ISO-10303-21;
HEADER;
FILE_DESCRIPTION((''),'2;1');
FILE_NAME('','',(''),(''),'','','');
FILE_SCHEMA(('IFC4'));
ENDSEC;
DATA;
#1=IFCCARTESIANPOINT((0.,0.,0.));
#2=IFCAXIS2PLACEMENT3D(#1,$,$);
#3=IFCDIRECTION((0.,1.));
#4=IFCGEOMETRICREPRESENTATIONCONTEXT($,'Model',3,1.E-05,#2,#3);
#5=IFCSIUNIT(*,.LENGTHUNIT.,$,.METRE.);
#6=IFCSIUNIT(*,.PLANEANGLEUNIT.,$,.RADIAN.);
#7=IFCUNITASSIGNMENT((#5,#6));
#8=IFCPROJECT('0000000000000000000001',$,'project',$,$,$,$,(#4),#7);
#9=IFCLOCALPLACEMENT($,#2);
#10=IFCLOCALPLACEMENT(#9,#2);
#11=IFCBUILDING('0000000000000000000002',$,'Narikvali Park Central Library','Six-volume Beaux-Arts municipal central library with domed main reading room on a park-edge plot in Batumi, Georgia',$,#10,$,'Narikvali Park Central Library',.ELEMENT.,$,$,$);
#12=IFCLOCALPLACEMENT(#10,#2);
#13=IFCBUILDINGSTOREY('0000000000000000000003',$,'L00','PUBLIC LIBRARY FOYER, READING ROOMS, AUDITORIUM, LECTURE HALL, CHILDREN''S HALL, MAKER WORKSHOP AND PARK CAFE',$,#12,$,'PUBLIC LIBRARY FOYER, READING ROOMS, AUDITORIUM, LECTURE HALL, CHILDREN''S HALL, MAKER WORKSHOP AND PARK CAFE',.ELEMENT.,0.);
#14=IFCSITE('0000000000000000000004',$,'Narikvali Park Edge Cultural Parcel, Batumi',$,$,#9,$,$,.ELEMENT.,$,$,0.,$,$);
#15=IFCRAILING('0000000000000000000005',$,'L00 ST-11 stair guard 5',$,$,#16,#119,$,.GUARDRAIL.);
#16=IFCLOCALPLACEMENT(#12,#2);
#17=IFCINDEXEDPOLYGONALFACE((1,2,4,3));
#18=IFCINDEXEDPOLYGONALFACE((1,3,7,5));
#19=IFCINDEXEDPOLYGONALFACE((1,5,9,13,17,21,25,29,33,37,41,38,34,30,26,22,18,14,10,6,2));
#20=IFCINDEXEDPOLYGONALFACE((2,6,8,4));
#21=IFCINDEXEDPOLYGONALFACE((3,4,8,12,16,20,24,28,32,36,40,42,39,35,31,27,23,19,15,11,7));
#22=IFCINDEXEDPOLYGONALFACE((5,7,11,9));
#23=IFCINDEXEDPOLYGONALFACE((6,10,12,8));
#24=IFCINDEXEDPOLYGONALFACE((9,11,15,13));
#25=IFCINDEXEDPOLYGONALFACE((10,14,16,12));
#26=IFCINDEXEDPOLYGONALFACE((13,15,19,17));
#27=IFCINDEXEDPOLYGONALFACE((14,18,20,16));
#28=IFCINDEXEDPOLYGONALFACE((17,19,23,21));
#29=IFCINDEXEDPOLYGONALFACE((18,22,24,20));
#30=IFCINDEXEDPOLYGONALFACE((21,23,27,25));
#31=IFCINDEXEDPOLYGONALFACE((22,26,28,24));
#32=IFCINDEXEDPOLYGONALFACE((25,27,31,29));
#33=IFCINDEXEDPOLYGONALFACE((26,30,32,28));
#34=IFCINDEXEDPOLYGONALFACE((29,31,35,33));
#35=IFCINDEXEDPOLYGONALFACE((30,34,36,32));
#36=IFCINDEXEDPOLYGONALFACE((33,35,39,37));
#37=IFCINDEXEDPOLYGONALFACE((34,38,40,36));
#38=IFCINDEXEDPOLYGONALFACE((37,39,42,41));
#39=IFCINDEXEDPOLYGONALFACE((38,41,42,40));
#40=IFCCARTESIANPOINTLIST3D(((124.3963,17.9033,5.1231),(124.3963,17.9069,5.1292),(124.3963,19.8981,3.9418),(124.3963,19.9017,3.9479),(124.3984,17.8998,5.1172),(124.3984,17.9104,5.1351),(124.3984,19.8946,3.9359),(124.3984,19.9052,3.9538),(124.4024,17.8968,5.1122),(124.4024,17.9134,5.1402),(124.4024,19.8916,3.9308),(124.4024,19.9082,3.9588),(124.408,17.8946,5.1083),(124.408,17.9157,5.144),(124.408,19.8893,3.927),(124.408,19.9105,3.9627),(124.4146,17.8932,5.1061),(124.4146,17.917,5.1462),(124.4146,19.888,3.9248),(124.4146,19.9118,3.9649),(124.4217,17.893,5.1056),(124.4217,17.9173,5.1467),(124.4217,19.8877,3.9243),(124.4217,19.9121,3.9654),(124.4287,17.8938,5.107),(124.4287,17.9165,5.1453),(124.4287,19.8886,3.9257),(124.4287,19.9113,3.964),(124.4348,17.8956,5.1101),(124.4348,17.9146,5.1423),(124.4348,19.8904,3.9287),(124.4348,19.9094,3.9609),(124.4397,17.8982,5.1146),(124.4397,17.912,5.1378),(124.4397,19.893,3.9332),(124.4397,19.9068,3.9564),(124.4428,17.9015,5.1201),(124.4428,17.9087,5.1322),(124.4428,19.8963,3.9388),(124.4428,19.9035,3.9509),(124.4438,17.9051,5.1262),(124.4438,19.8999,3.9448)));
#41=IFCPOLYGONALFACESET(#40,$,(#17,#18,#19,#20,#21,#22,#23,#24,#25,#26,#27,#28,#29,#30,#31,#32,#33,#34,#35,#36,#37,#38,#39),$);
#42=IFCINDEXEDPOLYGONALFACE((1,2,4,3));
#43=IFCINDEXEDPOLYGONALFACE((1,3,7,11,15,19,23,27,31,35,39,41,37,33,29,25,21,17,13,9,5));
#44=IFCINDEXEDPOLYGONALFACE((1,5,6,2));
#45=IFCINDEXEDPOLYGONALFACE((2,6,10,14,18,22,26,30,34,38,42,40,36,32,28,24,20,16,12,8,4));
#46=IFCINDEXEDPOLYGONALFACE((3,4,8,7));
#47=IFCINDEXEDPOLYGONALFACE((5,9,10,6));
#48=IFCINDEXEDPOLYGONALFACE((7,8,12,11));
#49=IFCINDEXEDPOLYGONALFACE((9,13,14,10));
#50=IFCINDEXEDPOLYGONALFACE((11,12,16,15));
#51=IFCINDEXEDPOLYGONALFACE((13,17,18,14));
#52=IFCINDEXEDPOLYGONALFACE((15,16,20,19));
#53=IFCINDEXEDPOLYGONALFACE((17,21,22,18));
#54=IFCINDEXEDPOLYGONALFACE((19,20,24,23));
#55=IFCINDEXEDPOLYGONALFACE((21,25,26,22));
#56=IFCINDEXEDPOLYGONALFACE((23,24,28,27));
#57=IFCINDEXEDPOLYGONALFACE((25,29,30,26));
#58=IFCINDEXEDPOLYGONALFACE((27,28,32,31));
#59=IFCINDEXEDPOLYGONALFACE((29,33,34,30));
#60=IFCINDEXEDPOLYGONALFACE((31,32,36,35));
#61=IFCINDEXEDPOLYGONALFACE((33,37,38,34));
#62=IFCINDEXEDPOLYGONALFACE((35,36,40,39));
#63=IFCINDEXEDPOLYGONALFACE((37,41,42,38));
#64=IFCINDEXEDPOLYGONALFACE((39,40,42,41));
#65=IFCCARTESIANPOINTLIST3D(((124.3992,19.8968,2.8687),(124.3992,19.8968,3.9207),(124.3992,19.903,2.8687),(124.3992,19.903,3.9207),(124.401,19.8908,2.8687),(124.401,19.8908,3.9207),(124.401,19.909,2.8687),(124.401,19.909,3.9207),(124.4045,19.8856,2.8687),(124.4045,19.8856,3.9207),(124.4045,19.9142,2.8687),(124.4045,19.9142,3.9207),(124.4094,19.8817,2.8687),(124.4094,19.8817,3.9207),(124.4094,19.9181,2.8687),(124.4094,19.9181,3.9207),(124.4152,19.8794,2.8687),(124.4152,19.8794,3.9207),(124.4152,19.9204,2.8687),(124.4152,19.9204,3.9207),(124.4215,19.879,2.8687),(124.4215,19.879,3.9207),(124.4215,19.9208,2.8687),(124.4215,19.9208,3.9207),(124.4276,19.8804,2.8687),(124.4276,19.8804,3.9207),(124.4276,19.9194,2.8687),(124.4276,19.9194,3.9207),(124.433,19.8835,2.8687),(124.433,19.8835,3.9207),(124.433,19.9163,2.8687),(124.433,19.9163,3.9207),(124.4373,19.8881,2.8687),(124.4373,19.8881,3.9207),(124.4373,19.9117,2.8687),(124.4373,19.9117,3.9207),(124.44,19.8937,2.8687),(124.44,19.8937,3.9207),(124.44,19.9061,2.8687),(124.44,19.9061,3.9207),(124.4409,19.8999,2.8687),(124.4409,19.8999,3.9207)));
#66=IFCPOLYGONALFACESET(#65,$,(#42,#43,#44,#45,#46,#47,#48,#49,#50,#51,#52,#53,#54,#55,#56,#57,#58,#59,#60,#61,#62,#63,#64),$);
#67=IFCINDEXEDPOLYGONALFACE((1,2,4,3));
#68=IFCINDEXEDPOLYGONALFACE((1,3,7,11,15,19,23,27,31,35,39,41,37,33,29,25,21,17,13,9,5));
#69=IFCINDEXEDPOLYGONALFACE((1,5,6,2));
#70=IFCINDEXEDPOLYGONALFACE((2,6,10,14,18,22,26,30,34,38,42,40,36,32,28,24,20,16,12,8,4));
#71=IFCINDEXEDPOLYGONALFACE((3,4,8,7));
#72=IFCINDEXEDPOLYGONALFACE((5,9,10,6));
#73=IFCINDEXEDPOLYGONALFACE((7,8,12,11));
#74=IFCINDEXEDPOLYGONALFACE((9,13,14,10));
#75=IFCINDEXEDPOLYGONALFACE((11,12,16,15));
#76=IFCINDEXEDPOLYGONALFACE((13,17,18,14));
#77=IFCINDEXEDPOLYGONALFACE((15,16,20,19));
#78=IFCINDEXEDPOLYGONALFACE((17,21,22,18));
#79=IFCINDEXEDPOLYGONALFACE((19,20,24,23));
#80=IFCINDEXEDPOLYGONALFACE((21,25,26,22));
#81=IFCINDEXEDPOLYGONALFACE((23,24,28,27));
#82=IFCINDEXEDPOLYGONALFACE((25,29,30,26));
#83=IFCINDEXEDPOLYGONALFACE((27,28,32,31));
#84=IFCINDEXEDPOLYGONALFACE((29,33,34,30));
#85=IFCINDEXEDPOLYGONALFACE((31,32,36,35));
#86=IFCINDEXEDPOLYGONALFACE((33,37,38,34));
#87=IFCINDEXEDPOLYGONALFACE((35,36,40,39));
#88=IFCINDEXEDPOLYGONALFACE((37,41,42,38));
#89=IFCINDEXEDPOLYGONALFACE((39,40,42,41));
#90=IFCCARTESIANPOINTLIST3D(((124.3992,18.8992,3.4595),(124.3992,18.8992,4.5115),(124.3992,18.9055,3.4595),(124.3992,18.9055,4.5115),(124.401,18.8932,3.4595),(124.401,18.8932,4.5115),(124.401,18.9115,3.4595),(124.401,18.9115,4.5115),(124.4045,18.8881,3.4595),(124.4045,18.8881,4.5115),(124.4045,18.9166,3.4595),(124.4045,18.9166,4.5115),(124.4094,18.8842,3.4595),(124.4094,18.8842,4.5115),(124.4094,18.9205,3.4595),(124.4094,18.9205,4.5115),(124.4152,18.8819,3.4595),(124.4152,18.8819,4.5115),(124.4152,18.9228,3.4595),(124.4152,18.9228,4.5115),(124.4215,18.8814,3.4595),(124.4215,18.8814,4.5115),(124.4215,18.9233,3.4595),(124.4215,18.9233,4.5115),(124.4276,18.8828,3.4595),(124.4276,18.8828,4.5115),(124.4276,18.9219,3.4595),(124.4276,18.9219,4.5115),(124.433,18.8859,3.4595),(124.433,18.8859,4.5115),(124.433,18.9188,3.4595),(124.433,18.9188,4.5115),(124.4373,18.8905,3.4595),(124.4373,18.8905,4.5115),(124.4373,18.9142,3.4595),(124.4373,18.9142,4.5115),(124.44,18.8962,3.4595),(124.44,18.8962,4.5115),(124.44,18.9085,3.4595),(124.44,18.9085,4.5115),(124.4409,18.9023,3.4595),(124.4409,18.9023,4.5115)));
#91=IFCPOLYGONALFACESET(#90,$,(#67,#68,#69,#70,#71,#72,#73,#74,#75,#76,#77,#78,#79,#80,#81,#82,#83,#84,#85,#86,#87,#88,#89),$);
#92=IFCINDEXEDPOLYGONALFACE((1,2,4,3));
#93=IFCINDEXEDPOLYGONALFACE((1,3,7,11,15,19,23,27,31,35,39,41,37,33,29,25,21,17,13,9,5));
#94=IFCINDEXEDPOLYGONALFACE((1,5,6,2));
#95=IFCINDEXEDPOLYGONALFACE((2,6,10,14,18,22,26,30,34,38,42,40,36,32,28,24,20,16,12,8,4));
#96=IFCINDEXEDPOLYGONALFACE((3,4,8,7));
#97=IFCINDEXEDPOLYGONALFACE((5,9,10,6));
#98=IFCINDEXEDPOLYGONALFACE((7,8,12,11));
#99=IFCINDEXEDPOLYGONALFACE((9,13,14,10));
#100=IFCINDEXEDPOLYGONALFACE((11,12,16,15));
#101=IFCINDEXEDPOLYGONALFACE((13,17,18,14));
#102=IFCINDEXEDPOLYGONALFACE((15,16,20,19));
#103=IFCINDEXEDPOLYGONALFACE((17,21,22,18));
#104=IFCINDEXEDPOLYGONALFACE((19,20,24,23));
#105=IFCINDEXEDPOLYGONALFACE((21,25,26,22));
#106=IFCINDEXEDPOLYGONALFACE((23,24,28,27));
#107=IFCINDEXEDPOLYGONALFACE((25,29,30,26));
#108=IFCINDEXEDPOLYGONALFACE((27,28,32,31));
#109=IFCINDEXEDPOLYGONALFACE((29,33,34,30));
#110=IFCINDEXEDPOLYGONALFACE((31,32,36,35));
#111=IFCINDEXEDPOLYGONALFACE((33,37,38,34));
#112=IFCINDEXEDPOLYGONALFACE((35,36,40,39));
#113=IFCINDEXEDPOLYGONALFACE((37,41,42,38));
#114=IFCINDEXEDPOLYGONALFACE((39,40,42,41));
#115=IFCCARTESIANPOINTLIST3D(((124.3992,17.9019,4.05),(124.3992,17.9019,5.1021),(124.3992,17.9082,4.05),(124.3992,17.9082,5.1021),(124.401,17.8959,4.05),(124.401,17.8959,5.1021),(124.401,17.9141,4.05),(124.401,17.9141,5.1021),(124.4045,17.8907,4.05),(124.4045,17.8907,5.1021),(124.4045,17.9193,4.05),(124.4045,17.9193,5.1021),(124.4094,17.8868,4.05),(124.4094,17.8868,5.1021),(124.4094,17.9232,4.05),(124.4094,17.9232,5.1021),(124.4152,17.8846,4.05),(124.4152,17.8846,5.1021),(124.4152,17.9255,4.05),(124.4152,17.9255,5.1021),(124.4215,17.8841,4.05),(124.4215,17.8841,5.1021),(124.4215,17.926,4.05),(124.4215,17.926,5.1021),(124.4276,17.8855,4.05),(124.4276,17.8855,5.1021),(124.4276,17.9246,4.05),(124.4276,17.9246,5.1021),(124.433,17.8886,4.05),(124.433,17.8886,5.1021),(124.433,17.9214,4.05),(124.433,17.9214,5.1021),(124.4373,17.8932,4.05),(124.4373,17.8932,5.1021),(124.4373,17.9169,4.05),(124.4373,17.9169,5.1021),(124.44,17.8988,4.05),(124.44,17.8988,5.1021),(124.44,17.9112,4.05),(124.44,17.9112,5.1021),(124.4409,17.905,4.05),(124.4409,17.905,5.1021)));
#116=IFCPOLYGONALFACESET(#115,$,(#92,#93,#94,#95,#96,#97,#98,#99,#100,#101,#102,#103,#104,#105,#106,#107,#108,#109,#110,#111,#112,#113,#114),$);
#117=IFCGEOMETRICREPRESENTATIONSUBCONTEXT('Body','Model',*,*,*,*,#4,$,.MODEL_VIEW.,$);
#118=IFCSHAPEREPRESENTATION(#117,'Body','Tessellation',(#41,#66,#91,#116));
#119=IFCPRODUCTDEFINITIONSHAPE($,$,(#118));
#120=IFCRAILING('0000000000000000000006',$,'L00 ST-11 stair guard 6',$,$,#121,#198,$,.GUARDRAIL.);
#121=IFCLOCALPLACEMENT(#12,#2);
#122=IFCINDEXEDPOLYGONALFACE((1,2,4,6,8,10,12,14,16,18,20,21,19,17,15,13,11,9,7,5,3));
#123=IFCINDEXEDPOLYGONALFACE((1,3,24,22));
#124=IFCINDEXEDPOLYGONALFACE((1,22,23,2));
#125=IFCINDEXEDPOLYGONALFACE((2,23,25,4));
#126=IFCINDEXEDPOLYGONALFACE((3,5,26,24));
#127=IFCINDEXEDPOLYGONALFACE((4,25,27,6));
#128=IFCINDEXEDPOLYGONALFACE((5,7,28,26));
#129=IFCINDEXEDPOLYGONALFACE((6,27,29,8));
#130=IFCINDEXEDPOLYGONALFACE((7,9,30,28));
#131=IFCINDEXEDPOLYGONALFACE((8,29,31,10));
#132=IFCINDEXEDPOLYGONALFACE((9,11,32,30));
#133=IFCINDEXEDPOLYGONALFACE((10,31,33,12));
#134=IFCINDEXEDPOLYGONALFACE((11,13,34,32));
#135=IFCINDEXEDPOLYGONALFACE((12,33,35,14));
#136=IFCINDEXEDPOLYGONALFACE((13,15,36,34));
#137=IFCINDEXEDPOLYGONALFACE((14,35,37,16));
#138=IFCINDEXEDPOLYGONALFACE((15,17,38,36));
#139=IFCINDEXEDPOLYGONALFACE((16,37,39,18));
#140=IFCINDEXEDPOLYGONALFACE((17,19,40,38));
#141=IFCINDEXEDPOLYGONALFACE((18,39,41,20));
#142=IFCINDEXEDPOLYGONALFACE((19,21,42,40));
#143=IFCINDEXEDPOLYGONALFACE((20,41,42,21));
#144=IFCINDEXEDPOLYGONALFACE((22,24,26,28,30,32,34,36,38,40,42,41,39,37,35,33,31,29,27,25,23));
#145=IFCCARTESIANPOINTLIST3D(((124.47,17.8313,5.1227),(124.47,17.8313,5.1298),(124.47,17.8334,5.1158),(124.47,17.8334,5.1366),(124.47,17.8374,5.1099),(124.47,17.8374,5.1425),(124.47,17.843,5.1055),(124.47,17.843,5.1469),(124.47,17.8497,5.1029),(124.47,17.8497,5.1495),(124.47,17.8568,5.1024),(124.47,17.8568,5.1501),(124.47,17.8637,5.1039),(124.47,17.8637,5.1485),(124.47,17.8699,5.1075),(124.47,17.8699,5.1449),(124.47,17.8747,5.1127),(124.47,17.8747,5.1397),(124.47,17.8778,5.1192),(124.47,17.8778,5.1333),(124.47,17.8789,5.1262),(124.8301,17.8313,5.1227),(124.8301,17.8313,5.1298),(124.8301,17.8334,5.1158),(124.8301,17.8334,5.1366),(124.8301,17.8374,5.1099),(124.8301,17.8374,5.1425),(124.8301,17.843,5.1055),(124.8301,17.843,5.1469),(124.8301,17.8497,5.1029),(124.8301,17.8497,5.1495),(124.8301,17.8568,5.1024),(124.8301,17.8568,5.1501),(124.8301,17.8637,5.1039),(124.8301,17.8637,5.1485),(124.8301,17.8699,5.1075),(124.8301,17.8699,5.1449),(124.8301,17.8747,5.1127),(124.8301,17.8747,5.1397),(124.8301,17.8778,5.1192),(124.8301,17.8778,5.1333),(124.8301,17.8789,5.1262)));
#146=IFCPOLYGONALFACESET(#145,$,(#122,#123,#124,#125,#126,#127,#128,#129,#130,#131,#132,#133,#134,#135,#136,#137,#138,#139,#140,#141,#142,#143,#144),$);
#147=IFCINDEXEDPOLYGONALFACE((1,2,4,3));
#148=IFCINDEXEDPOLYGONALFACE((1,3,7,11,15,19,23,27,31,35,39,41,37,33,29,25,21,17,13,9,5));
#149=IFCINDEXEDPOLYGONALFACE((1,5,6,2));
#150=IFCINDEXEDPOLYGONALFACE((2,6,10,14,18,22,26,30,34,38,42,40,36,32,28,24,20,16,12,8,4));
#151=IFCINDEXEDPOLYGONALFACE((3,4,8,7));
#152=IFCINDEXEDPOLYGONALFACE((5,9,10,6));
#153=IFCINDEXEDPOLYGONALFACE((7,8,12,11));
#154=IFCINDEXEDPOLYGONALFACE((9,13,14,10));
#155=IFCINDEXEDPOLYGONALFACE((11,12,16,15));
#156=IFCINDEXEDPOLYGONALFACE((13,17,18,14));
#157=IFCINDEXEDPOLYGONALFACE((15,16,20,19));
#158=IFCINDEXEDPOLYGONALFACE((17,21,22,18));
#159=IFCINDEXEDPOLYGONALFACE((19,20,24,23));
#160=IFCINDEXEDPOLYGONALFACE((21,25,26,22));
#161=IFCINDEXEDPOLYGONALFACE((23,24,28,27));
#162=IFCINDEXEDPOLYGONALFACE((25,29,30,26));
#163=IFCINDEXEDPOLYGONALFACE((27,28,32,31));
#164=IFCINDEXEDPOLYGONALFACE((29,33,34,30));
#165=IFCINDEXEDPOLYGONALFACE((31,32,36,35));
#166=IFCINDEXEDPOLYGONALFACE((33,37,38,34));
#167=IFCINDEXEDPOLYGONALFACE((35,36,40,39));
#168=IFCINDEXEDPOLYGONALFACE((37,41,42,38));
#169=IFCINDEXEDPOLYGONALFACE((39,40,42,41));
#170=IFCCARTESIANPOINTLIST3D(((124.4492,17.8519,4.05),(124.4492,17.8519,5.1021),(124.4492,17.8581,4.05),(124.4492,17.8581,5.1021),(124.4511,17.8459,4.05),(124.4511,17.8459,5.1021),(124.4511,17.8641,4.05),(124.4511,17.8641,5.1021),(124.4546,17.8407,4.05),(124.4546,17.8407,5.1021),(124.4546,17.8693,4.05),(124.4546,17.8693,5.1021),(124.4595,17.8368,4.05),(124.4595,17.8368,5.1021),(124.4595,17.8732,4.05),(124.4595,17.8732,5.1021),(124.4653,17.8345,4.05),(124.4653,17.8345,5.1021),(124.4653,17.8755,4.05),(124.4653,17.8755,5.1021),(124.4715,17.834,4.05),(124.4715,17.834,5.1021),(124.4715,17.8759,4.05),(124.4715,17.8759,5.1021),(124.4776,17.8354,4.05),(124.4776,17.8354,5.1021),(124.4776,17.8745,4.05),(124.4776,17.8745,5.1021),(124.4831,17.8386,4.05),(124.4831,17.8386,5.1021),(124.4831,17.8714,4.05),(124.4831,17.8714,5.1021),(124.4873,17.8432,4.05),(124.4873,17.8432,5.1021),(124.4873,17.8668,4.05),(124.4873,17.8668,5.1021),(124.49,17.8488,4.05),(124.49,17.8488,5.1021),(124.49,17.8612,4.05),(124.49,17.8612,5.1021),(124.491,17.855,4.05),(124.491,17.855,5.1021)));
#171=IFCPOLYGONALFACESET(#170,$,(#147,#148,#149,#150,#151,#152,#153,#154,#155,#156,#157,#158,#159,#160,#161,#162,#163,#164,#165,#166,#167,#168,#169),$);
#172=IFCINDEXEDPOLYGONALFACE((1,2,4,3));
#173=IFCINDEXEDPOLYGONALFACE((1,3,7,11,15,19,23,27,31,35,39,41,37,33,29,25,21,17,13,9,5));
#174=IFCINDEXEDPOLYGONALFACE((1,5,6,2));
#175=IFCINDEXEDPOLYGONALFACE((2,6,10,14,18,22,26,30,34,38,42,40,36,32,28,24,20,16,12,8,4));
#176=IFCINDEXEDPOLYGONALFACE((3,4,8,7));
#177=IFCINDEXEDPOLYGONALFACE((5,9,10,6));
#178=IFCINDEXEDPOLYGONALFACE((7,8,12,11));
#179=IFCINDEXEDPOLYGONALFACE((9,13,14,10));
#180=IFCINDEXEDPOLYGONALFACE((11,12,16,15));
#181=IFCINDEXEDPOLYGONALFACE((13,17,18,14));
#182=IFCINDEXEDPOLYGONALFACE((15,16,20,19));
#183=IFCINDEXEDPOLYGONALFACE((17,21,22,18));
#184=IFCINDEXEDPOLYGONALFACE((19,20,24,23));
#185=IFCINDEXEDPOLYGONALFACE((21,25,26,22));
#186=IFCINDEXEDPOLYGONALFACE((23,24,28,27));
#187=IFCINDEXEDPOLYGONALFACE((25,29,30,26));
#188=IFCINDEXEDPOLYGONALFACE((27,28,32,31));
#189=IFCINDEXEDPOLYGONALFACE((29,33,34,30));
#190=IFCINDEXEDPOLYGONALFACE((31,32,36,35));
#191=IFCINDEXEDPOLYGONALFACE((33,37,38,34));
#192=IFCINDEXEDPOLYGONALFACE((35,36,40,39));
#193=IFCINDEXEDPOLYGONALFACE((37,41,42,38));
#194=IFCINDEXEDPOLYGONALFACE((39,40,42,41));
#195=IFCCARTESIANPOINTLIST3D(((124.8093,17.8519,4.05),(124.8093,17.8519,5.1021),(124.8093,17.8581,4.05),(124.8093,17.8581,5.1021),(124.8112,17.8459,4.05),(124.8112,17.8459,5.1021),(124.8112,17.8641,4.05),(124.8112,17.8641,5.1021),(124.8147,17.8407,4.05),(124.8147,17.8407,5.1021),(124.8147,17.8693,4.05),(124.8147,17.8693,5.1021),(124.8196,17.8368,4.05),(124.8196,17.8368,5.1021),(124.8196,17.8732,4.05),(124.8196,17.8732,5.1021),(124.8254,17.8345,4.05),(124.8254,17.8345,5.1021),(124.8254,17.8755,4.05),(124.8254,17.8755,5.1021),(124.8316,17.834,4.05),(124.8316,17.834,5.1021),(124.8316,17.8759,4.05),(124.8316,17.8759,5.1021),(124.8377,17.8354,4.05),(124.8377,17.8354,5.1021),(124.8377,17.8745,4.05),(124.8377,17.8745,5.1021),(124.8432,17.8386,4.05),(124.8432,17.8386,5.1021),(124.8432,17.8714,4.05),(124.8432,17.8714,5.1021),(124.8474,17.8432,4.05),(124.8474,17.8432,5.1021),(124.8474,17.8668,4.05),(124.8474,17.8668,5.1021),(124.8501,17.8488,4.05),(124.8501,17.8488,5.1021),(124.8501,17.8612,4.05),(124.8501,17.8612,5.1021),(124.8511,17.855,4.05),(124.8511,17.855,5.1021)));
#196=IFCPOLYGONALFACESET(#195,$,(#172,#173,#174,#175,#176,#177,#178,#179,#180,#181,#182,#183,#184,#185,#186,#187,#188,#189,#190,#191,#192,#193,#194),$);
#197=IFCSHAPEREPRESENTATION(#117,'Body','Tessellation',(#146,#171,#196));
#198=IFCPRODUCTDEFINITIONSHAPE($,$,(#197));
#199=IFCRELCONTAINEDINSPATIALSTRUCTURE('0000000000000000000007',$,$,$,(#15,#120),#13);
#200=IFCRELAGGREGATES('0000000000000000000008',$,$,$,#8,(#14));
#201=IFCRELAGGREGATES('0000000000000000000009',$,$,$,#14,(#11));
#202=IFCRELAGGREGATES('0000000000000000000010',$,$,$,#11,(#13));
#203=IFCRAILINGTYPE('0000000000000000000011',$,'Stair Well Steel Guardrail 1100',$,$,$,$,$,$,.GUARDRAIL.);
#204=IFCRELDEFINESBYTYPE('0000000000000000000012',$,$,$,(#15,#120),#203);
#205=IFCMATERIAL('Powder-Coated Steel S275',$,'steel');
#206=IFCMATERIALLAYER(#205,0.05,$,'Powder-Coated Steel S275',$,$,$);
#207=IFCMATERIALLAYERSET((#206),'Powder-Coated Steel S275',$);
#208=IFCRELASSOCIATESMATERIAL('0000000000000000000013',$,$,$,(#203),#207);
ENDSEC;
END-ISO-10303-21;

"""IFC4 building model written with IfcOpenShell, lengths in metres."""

from ifc_helpers import new_model, si_unit, direction, frame, origin, origin_2d, place, context, subcontext, project, spatial, circle, extrude, material, layer, layer_set, type_object, element, save


model = new_model("IFC4")

# Units and contexts
model_context = context("Model", 3, precision=1e-05, world=origin(), true_north=direction((0.0, 1.0)))
body_context = subcontext(model_context, "Body", "Model", "MODEL_VIEW")
ifc_project = project(units=[si_unit("LENGTHUNIT", "METRE"), si_unit("PLANEANGLEUNIT", "RADIAN")], contexts=[model_context])

# Site, building, storey
site_placement = place(None, origin())
site = spatial("IfcSite", under=ifc_project, at=site_placement, Name="Narikvali Park Edge Cultural Parcel, Batumi", CompositionType="ELEMENT", RefElevation=0.0)
building_placement = place(site_placement, origin())
building = spatial("IfcBuilding", under=site, at=building_placement, Name="Narikvali Park Central Library", Description="Six-volume Beaux-Arts municipal central library with domed main reading room on a park-edge plot in Batumi, Georgia", LongName="Narikvali Park Central Library", CompositionType="ELEMENT")
storey_placement = place(building_placement, origin())
storey = spatial("IfcBuildingStorey", under=building, at=storey_placement, Name="L00", Description="PUBLIC LIBRARY FOYER, READING ROOMS, AUDITORIUM, LECTURE HALL, CHILDREN'S HALL, MAKER WORKSHOP AND PARK CAFE", LongName="PUBLIC LIBRARY FOYER, READING ROOMS, AUDITORIUM, LECTURE HALL, CHILDREN'S HALL, MAKER WORKSHOP AND PARK CAFE", CompositionType="ELEMENT", Elevation=0.0)

# Railings
ifc_material_1 = material(Name="Powder-Coated Steel S275", Category="steel")
ifc_layer_1 = layer(ifc_material_1, 0.05, Name="Powder-Coated Steel S275")
ifc_layer_set_1 = layer_set([ifc_layer_1], Name="Powder-Coated Steel S275")
railing_type_1 = type_object("IfcRailingType", Name="Stair Well Steel Guardrail 1100", PredefinedType="GUARDRAIL", material=ifc_layer_set_1)
railing_1_placement = place(storey_placement, frame((124.4199, 19.8999, 2.8687)))
element("IfcRailing", 1, at=railing_1_placement, inside=storey, type_object=railing_type_1, Name="L00 ST-11 stair guard 5", PredefinedType="GUARDRAIL", context=body_context, shape_type="SweptSolid", body=[
    extrude(circle(Radius=0.0239, at=origin_2d()), frame((0.0, 0.0, 1.0762), z_axis=(0.0, -0.860433, 0.509563), x_axis=(1.0, 0.0, 0.0)), (0.0, 0.0, 1.0), 2.3184),
    extrude(circle(Radius=0.021, at=origin_2d()), origin(), (0.0, 0.0, 1.0), 1.052),
    extrude(circle(Radius=0.021, at=origin_2d()), frame((0.0, -0.9976, 0.5908)), (0.0, 0.0, 1.0), 1.052),
    extrude(circle(Radius=0.021, at=origin_2d()), frame((0.0, -1.9949, 1.1814)), (0.0, 0.0, 1.0), 1.052),
])
railing_2_placement = place(storey_placement, frame((124.47, 17.855, 4.05)))
element("IfcRailing", 2, at=railing_2_placement, inside=storey, type_object=railing_type_1, Name="L00 ST-11 stair guard 6", PredefinedType="GUARDRAIL", context=body_context, shape_type="SweptSolid", body=[
    extrude(circle(Radius=0.0239, at=origin_2d()), frame((0.0, 0.0, 1.0762), z_axis=(1.0, 0.0, 0.0), x_axis=(0.0, 1.0, 0.0)), (0.0, 0.0, 1.0), 0.3601),
    extrude(circle(Radius=0.021, at=origin_2d()), origin(), (0.0, 0.0, 1.0), 1.052),
    extrude(circle(Radius=0.021, at=origin_2d()), frame((0.3601, 0.0, 0.0)), (0.0, 0.0, 1.0), 1.052),
])

save(model, "model.ifc")
